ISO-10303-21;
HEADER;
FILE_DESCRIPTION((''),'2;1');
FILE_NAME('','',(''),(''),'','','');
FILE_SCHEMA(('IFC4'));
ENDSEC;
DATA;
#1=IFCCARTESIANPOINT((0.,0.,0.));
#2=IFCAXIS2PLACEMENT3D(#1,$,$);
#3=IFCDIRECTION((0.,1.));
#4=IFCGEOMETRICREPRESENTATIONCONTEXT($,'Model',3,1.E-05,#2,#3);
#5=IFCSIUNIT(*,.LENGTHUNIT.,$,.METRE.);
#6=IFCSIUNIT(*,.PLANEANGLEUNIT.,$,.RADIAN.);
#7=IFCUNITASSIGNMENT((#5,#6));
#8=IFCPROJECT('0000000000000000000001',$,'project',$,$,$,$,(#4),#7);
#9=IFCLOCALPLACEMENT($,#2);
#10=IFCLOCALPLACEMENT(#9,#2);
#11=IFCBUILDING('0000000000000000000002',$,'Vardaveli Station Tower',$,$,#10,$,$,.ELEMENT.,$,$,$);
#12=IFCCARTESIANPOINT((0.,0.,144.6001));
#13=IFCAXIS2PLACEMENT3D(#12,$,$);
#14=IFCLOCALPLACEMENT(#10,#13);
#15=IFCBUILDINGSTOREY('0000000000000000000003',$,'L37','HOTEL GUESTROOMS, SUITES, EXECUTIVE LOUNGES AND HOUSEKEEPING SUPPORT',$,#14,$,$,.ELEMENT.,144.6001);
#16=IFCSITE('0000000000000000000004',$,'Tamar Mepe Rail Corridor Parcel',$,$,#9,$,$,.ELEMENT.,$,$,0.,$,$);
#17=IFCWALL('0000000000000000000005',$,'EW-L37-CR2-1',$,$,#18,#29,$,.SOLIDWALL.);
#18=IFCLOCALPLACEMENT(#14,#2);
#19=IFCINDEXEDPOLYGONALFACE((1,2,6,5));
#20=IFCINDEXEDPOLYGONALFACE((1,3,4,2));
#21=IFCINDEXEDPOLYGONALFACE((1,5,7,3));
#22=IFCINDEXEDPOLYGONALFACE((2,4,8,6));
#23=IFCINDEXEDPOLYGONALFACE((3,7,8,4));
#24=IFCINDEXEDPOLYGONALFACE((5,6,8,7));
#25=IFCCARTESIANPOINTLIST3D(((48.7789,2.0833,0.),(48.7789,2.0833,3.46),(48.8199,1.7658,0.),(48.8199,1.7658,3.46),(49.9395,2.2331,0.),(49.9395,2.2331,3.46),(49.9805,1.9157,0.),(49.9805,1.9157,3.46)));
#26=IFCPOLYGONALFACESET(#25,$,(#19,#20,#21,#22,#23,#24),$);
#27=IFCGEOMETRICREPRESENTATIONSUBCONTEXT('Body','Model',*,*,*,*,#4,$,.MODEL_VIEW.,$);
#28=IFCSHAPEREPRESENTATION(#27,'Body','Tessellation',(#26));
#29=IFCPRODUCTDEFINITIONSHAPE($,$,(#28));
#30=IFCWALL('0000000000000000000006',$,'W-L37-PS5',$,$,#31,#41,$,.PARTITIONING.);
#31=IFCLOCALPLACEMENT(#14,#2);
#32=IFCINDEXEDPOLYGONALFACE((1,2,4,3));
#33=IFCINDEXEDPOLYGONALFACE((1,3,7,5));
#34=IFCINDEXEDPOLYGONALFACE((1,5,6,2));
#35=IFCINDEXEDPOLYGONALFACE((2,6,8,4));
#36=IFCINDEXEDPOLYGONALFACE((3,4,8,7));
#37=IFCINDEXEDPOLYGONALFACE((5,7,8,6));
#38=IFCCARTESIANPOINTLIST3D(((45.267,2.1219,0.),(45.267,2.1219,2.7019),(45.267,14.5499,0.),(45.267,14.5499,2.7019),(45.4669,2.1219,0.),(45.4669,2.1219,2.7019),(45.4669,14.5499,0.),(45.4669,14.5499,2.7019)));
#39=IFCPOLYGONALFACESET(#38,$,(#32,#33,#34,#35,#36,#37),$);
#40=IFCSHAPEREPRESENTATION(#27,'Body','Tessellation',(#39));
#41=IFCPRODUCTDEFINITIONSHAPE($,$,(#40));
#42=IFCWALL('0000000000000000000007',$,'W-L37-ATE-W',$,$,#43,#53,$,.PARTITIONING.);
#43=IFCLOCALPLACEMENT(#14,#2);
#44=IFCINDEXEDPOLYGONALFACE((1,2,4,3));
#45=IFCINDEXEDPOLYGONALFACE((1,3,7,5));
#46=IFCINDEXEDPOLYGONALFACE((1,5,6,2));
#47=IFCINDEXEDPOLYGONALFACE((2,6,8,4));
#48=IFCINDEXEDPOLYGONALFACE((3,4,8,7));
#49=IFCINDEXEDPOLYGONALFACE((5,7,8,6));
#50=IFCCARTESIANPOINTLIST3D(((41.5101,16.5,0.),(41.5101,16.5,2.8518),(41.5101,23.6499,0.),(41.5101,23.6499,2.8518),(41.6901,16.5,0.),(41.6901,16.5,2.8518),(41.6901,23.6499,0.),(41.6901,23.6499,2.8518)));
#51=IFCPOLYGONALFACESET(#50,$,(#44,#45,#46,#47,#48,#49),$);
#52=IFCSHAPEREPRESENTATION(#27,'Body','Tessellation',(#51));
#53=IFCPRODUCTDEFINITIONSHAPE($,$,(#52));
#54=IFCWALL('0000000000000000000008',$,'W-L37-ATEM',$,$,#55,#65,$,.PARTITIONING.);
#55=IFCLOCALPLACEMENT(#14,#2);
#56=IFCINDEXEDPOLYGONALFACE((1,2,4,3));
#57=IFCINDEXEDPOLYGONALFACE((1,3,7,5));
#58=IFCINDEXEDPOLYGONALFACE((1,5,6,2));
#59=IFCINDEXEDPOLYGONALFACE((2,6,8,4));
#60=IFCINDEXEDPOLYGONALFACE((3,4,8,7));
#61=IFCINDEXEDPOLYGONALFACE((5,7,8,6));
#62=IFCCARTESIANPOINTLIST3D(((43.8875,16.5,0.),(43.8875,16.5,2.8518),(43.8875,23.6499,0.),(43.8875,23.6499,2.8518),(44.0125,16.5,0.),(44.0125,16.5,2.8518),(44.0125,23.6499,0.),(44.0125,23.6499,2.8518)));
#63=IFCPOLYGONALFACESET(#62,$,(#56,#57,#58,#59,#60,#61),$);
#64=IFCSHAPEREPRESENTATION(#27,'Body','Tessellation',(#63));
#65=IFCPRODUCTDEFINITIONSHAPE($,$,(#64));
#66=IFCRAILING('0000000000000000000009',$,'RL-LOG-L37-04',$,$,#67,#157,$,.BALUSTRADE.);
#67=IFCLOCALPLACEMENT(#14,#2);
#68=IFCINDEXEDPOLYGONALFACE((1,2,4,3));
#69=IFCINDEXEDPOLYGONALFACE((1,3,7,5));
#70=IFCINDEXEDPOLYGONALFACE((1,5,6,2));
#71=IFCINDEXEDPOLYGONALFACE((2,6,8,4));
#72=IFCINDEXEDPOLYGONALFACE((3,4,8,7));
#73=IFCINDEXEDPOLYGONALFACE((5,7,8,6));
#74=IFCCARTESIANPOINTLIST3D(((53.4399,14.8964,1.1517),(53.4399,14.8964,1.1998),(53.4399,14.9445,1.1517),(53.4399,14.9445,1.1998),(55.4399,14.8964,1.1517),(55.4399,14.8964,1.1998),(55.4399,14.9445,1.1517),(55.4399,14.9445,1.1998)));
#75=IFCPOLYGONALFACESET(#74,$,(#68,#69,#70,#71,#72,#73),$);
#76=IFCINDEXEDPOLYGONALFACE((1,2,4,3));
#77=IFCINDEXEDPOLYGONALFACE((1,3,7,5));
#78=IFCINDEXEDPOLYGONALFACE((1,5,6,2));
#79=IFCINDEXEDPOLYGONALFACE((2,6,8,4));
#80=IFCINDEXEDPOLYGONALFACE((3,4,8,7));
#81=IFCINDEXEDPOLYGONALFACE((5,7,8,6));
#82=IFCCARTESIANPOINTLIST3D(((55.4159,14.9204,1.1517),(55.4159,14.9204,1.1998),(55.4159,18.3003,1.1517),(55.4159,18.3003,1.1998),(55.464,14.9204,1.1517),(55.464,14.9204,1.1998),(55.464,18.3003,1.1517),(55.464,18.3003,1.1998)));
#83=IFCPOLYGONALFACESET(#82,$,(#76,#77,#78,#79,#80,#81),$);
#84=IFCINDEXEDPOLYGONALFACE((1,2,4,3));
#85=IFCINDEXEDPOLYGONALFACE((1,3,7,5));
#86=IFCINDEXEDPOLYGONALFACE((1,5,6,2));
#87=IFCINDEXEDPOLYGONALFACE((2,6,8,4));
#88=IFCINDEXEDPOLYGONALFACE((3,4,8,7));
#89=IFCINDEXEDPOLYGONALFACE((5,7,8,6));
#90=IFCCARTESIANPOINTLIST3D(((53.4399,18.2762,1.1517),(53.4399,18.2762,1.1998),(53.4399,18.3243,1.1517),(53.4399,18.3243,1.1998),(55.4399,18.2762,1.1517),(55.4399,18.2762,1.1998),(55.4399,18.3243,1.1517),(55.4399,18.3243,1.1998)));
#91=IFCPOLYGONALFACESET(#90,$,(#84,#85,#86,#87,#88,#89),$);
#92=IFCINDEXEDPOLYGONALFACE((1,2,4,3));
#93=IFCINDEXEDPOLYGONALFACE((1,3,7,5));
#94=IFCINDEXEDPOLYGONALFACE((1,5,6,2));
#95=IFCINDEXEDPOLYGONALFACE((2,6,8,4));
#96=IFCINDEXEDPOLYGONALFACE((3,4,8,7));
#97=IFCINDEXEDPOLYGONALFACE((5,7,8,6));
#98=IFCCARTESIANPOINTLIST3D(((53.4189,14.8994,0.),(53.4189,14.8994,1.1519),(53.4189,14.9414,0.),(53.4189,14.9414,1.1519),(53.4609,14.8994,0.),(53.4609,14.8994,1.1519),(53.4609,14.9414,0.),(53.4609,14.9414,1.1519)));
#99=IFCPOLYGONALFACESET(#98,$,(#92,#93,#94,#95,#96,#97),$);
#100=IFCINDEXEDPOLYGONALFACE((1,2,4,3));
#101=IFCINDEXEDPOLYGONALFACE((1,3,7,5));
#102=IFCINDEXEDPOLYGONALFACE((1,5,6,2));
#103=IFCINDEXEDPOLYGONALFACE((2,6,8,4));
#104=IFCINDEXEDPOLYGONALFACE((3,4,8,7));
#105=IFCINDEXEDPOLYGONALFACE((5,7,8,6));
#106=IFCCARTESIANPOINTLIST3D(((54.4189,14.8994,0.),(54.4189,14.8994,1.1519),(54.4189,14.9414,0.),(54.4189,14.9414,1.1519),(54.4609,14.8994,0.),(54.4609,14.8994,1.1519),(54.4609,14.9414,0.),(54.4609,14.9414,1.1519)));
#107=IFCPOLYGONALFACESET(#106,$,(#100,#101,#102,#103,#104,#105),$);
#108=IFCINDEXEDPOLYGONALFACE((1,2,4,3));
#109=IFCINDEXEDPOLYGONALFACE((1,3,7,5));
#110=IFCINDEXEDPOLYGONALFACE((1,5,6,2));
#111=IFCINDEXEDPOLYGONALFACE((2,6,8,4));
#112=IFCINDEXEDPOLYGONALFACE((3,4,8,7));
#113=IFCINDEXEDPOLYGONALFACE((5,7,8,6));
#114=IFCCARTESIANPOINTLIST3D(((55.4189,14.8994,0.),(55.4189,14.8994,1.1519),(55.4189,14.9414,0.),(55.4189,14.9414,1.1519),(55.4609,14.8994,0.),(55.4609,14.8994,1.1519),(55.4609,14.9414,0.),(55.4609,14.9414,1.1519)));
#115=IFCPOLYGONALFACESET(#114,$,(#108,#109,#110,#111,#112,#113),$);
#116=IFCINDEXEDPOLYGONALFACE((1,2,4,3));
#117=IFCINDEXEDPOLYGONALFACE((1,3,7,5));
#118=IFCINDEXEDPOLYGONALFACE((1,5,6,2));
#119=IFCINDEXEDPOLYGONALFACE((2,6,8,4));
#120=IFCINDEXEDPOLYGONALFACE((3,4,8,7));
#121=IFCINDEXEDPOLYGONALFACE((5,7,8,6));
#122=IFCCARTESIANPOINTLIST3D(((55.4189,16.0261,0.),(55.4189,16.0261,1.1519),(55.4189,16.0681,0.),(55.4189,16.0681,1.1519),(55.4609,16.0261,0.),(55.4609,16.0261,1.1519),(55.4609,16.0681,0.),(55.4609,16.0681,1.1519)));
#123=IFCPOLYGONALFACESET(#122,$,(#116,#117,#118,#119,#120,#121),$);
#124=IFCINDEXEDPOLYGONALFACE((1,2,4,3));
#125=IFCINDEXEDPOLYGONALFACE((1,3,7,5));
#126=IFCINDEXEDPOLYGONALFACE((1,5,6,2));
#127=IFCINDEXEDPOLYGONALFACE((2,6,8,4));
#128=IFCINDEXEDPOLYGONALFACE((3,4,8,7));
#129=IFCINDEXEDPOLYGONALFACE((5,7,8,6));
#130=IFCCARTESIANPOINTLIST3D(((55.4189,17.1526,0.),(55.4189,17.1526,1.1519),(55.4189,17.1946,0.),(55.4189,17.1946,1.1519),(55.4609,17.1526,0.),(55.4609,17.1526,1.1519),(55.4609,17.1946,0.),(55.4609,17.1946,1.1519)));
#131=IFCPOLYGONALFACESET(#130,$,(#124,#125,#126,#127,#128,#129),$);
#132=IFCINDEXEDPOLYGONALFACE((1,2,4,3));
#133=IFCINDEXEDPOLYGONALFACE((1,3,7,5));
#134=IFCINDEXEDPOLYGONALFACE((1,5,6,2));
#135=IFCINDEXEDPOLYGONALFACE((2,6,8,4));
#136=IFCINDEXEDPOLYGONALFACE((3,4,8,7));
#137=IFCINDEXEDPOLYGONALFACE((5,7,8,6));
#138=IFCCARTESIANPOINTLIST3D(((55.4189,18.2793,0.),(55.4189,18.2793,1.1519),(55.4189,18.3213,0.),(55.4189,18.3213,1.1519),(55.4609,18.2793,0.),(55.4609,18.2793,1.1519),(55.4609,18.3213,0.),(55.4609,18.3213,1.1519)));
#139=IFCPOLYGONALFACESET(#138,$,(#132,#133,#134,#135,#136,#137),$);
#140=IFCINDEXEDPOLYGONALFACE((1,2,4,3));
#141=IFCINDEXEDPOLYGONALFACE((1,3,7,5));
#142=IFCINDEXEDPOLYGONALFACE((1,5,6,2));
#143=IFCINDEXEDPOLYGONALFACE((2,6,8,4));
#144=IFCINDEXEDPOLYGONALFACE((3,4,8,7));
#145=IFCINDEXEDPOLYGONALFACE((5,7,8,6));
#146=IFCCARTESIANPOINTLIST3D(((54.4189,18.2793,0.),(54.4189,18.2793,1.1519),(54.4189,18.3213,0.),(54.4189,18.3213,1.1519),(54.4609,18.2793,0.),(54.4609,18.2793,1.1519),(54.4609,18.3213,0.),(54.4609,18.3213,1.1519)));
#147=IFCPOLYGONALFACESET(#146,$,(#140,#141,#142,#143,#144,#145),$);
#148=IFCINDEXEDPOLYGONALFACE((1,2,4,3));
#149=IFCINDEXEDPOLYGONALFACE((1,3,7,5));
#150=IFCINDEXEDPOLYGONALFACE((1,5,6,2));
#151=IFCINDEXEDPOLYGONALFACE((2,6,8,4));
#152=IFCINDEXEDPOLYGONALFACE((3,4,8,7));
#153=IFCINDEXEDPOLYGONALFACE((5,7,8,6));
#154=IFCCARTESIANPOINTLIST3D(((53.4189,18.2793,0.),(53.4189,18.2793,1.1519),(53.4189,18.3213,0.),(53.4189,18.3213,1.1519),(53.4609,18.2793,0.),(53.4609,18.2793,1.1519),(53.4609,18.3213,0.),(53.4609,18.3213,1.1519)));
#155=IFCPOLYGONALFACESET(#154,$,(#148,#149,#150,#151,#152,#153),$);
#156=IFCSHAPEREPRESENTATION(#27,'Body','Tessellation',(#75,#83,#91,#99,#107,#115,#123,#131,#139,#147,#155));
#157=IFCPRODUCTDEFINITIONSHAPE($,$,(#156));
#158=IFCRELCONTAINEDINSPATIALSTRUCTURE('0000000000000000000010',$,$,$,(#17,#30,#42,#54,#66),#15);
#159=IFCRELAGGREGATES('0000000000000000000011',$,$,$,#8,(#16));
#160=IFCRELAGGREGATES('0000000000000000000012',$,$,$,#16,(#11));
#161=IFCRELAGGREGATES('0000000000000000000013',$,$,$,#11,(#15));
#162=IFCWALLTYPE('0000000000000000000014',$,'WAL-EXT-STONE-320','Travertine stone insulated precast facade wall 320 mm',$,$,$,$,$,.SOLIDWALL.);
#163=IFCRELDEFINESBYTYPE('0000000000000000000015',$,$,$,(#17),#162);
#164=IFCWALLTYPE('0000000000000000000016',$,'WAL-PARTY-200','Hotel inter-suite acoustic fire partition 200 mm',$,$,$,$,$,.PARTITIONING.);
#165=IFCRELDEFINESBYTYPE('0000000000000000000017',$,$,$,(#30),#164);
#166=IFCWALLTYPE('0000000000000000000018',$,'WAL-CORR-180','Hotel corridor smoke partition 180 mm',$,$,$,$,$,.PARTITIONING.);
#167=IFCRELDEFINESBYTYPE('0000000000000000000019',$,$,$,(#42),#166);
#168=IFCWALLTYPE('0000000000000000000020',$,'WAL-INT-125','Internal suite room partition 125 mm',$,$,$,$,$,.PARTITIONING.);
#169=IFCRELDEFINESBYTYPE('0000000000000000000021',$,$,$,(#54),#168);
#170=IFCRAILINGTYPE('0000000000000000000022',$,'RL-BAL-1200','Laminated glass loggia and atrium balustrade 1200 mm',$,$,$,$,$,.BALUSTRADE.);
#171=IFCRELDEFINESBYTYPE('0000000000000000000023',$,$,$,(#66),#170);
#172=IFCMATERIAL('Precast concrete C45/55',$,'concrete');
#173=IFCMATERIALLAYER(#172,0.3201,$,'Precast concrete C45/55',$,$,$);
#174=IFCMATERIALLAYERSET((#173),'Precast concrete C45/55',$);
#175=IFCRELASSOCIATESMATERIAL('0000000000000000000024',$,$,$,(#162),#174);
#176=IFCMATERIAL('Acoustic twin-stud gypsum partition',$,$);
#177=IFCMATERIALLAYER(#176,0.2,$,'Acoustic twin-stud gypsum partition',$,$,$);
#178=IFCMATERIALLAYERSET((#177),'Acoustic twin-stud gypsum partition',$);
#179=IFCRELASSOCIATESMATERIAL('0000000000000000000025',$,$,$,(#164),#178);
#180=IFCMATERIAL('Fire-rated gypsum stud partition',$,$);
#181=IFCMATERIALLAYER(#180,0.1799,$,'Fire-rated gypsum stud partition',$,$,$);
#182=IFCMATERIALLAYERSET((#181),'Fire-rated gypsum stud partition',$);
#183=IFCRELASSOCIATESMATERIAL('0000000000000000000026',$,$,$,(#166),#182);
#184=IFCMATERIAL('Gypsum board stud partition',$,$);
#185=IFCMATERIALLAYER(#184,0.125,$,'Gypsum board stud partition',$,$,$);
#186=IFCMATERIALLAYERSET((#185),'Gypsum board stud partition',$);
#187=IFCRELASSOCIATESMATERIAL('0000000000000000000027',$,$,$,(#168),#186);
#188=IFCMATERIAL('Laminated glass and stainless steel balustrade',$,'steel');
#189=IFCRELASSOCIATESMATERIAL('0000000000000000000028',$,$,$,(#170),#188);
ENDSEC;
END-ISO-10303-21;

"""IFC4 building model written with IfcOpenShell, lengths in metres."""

from ifc_helpers import new_model, si_unit, direction, frame, frame_2d, origin, origin_2d, place, context, subcontext, project, spatial, rectangle, extrude, source, transform, mapped, material, layer, layer_set, type_object, element, save


model = new_model("IFC4")

# Units and contexts
model_context = context("Model", 3, precision=1e-05, world=origin(), true_north=direction((0.0, 1.0)))
body_context = subcontext(model_context, "Body", "Model", "MODEL_VIEW")
ifc_project = project(units=[si_unit("LENGTHUNIT", "METRE"), si_unit("PLANEANGLEUNIT", "RADIAN")], contexts=[model_context])

# Site, building, storey
site_placement = place(None, origin())
site = spatial("IfcSite", under=ifc_project, at=site_placement, Name="Tamar Mepe Rail Corridor Parcel", CompositionType="ELEMENT", RefElevation=0.0)
building_placement = place(site_placement, origin())
building = spatial("IfcBuilding", under=site, at=building_placement, Name="Vardaveli Station Tower", CompositionType="ELEMENT")
storey_placement = place(building_placement, frame((0.0, 0.0, 144.6001)))
storey = spatial("IfcBuildingStorey", under=building, at=storey_placement, Name="L37", Description="HOTEL GUESTROOMS, SUITES, EXECUTIVE LOUNGES AND HOUSEKEEPING SUPPORT", CompositionType="ELEMENT", Elevation=144.6001)

# Shared definitions
ifc_material_1 = material(Name="Precast concrete C45/55", Category="concrete")

# Shared definitions
ifc_layer_1 = layer(ifc_material_1, 0.3201, Name="Precast concrete C45/55")
ifc_layer_set_1 = layer_set([ifc_layer_1], Name="Precast concrete C45/55")
wall_type_1 = type_object("IfcWallType", Name="WAL-EXT-STONE-320", Description="Travertine stone insulated precast facade wall 320 mm", PredefinedType="SOLIDWALL", material=ifc_layer_set_1)

# Walls
shared_shape_1 = source(origin(), body_context, "Body", "SweptSolid", [
    extrude(rectangle(XDim=1.1702, YDim=0.3201, at=frame_2d((0.585, 0.0))), origin(), (0.0, 0.0, 1.0), 3.46),
])
wall_1_placement = place(storey_placement, frame((48.7996, 1.9246, 0.0), z_axis=(0.0, 0.0, 1.0), x_axis=(0.991762, 0.12809, 0.0)))
element("IfcWall", 1, at=wall_1_placement, inside=storey, type_object=wall_type_1, Name="EW-L37-CR2-1", PredefinedType="SOLIDWALL", context=body_context, shape_type="MappedRepresentation", body=[
    mapped(shared_shape_1, transform((0.0, 0.0, 0.0), scale=1.0)),
])
ifc_material_2 = material(Name="Acoustic twin-stud gypsum partition")
ifc_layer_2 = layer(ifc_material_2, 0.2, Name="Acoustic twin-stud gypsum partition")
ifc_layer_set_2 = layer_set([ifc_layer_2], Name="Acoustic twin-stud gypsum partition")
wall_type_2 = type_object("IfcWallType", Name="WAL-PARTY-200", Description="Hotel inter-suite acoustic fire partition 200 mm", PredefinedType="PARTITIONING", material=ifc_layer_set_2)
shared_shape_2 = source(origin(), body_context, "Body", "SweptSolid", [
    extrude(rectangle(XDim=12.428, YDim=0.2, at=frame_2d((6.2139, 0.0))), origin(), (0.0, 0.0, 1.0), 2.7019),
])
wall_2_placement = place(storey_placement, frame((45.3669, 2.1221, 0.0), z_axis=(0.0, 0.0, 1.0), x_axis=(0.0, 1.0, 0.0)))
element("IfcWall", 2, at=wall_2_placement, inside=storey, type_object=wall_type_2, Name="W-L37-PS5", PredefinedType="PARTITIONING", context=body_context, shape_type="MappedRepresentation", body=[
    mapped(shared_shape_2, transform((0.0, 0.0, 0.0), scale=1.0)),
])

# Shared definitions
ifc_material_3 = material(Name="Fire-rated gypsum stud partition")
ifc_layer_3 = layer(ifc_material_3, 0.1799, Name="Fire-rated gypsum stud partition")
ifc_layer_set_3 = layer_set([ifc_layer_3], Name="Fire-rated gypsum stud partition")
wall_type_3 = type_object("IfcWallType", Name="WAL-CORR-180", Description="Hotel corridor smoke partition 180 mm", PredefinedType="PARTITIONING", material=ifc_layer_set_3)

# Walls
shared_shape_3 = source(origin(), body_context, "Body", "SweptSolid", [
    extrude(rectangle(XDim=7.1499, YDim=0.1799, at=frame_2d((3.575, 0.0))), origin(), (0.0, 0.0, 1.0), 2.8518),
])
wall_3_placement = place(storey_placement, frame((41.6001, 16.5, 0.0), z_axis=(0.0, 0.0, 1.0), x_axis=(0.0, 1.0, 0.0)))
element("IfcWall", 3, at=wall_3_placement, inside=storey, type_object=wall_type_3, Name="W-L37-ATE-W", PredefinedType="PARTITIONING", context=body_context, shape_type="MappedRepresentation", body=[
    mapped(shared_shape_3, transform((0.0, 0.0, 0.0), scale=1.0)),
])
ifc_material_4 = material(Name="Gypsum board stud partition")
ifc_layer_4 = layer(ifc_material_4, 0.125, Name="Gypsum board stud partition")
ifc_layer_set_4 = layer_set([ifc_layer_4], Name="Gypsum board stud partition")
wall_type_4 = type_object("IfcWallType", Name="WAL-INT-125", Description="Internal suite room partition 125 mm", PredefinedType="PARTITIONING", material=ifc_layer_set_4)
shared_shape_4 = source(origin(), body_context, "Body", "SweptSolid", [
    extrude(rectangle(XDim=7.1499, YDim=0.125, at=frame_2d((3.575, 0.0))), origin(), (0.0, 0.0, 1.0), 2.8518),
])
wall_4_placement = place(storey_placement, frame((43.95, 16.5, 0.0), z_axis=(0.0, 0.0, 1.0), x_axis=(0.0, 1.0, 0.0)))
element("IfcWall", 4, at=wall_4_placement, inside=storey, type_object=wall_type_4, Name="W-L37-ATEM", PredefinedType="PARTITIONING", context=body_context, shape_type="MappedRepresentation", body=[
    mapped(shared_shape_4, transform((0.0, 0.0, 0.0), scale=1.0)),
])

# Railing
ifc_material_5 = material(Name="Laminated glass and stainless steel balustrade", Category="steel")
railing_type = type_object("IfcRailingType", Name="RL-BAL-1200", Description="Laminated glass loggia and atrium balustrade 1200 mm", PredefinedType="BALUSTRADE", material=ifc_material_5)
shared_shape_5 = source(origin(), body_context, "Body", "SweptSolid", [
    extrude(rectangle(XDim=0.0481, YDim=0.0481, at=origin_2d()), frame((0.0, 0.0, 1.1758), z_axis=(1.0, 0.0, 0.0), x_axis=(0.0, 1.0, 0.0)), (0.0, 0.0, 1.0), 2.0),
    extrude(rectangle(XDim=0.0481, YDim=0.0481, at=origin_2d()), frame((2.0, 0.0, 1.1758), z_axis=(0.0, 1.0, 0.0), x_axis=(-1.0, 0.0, 0.0)), (0.0, 0.0, 1.0), 3.3799),
    extrude(rectangle(XDim=0.0481, YDim=0.0481, at=origin_2d()), frame((2.0, 3.3799, 1.1758), z_axis=(-1.0, 0.0, 0.0), x_axis=(0.0, -1.0, 0.0)), (0.0, 0.0, 1.0), 2.0),
    extrude(rectangle(XDim=0.042, YDim=0.042, at=origin_2d()), origin(), (0.0, 0.0, 1.0), 1.1519),
    extrude(rectangle(XDim=0.042, YDim=0.042, at=origin_2d()), frame((1.0, 0.0, 0.0)), (0.0, 0.0, 1.0), 1.1519),
    extrude(rectangle(XDim=0.042, YDim=0.042, at=origin_2d()), frame((2.0, 0.0, 0.0)), (0.0, 0.0, 1.0), 1.1519),
    extrude(rectangle(XDim=0.042, YDim=0.042, at=origin_2d()), frame((2.0, 1.1267, 0.0)), (0.0, 0.0, 1.0), 1.1519),
    extrude(rectangle(XDim=0.042, YDim=0.042, at=origin_2d()), frame((2.0, 2.2532, 0.0)), (0.0, 0.0, 1.0), 1.1519),
    extrude(rectangle(XDim=0.042, YDim=0.042, at=origin_2d()), frame((2.0, 3.3799, 0.0)), (0.0, 0.0, 1.0), 1.1519),
    extrude(rectangle(XDim=0.042, YDim=0.042, at=origin_2d()), frame((1.0, 3.3799, 0.0)), (0.0, 0.0, 1.0), 1.1519),
    extrude(rectangle(XDim=0.042, YDim=0.042, at=origin_2d()), frame((0.0, 3.3799, 0.0)), (0.0, 0.0, 1.0), 1.1519),
])
railing_placement = place(storey_placement, frame((53.4399, 14.9204, 0.0)))
element("IfcRailing", 5, at=railing_placement, inside=storey, type_object=railing_type, Name="RL-LOG-L37-04", PredefinedType="BALUSTRADE", context=body_context, shape_type="MappedRepresentation", body=[
    mapped(shared_shape_5, transform((0.0, 0.0, 0.0), scale=1.0)),
])

save(model, "model.ifc")
